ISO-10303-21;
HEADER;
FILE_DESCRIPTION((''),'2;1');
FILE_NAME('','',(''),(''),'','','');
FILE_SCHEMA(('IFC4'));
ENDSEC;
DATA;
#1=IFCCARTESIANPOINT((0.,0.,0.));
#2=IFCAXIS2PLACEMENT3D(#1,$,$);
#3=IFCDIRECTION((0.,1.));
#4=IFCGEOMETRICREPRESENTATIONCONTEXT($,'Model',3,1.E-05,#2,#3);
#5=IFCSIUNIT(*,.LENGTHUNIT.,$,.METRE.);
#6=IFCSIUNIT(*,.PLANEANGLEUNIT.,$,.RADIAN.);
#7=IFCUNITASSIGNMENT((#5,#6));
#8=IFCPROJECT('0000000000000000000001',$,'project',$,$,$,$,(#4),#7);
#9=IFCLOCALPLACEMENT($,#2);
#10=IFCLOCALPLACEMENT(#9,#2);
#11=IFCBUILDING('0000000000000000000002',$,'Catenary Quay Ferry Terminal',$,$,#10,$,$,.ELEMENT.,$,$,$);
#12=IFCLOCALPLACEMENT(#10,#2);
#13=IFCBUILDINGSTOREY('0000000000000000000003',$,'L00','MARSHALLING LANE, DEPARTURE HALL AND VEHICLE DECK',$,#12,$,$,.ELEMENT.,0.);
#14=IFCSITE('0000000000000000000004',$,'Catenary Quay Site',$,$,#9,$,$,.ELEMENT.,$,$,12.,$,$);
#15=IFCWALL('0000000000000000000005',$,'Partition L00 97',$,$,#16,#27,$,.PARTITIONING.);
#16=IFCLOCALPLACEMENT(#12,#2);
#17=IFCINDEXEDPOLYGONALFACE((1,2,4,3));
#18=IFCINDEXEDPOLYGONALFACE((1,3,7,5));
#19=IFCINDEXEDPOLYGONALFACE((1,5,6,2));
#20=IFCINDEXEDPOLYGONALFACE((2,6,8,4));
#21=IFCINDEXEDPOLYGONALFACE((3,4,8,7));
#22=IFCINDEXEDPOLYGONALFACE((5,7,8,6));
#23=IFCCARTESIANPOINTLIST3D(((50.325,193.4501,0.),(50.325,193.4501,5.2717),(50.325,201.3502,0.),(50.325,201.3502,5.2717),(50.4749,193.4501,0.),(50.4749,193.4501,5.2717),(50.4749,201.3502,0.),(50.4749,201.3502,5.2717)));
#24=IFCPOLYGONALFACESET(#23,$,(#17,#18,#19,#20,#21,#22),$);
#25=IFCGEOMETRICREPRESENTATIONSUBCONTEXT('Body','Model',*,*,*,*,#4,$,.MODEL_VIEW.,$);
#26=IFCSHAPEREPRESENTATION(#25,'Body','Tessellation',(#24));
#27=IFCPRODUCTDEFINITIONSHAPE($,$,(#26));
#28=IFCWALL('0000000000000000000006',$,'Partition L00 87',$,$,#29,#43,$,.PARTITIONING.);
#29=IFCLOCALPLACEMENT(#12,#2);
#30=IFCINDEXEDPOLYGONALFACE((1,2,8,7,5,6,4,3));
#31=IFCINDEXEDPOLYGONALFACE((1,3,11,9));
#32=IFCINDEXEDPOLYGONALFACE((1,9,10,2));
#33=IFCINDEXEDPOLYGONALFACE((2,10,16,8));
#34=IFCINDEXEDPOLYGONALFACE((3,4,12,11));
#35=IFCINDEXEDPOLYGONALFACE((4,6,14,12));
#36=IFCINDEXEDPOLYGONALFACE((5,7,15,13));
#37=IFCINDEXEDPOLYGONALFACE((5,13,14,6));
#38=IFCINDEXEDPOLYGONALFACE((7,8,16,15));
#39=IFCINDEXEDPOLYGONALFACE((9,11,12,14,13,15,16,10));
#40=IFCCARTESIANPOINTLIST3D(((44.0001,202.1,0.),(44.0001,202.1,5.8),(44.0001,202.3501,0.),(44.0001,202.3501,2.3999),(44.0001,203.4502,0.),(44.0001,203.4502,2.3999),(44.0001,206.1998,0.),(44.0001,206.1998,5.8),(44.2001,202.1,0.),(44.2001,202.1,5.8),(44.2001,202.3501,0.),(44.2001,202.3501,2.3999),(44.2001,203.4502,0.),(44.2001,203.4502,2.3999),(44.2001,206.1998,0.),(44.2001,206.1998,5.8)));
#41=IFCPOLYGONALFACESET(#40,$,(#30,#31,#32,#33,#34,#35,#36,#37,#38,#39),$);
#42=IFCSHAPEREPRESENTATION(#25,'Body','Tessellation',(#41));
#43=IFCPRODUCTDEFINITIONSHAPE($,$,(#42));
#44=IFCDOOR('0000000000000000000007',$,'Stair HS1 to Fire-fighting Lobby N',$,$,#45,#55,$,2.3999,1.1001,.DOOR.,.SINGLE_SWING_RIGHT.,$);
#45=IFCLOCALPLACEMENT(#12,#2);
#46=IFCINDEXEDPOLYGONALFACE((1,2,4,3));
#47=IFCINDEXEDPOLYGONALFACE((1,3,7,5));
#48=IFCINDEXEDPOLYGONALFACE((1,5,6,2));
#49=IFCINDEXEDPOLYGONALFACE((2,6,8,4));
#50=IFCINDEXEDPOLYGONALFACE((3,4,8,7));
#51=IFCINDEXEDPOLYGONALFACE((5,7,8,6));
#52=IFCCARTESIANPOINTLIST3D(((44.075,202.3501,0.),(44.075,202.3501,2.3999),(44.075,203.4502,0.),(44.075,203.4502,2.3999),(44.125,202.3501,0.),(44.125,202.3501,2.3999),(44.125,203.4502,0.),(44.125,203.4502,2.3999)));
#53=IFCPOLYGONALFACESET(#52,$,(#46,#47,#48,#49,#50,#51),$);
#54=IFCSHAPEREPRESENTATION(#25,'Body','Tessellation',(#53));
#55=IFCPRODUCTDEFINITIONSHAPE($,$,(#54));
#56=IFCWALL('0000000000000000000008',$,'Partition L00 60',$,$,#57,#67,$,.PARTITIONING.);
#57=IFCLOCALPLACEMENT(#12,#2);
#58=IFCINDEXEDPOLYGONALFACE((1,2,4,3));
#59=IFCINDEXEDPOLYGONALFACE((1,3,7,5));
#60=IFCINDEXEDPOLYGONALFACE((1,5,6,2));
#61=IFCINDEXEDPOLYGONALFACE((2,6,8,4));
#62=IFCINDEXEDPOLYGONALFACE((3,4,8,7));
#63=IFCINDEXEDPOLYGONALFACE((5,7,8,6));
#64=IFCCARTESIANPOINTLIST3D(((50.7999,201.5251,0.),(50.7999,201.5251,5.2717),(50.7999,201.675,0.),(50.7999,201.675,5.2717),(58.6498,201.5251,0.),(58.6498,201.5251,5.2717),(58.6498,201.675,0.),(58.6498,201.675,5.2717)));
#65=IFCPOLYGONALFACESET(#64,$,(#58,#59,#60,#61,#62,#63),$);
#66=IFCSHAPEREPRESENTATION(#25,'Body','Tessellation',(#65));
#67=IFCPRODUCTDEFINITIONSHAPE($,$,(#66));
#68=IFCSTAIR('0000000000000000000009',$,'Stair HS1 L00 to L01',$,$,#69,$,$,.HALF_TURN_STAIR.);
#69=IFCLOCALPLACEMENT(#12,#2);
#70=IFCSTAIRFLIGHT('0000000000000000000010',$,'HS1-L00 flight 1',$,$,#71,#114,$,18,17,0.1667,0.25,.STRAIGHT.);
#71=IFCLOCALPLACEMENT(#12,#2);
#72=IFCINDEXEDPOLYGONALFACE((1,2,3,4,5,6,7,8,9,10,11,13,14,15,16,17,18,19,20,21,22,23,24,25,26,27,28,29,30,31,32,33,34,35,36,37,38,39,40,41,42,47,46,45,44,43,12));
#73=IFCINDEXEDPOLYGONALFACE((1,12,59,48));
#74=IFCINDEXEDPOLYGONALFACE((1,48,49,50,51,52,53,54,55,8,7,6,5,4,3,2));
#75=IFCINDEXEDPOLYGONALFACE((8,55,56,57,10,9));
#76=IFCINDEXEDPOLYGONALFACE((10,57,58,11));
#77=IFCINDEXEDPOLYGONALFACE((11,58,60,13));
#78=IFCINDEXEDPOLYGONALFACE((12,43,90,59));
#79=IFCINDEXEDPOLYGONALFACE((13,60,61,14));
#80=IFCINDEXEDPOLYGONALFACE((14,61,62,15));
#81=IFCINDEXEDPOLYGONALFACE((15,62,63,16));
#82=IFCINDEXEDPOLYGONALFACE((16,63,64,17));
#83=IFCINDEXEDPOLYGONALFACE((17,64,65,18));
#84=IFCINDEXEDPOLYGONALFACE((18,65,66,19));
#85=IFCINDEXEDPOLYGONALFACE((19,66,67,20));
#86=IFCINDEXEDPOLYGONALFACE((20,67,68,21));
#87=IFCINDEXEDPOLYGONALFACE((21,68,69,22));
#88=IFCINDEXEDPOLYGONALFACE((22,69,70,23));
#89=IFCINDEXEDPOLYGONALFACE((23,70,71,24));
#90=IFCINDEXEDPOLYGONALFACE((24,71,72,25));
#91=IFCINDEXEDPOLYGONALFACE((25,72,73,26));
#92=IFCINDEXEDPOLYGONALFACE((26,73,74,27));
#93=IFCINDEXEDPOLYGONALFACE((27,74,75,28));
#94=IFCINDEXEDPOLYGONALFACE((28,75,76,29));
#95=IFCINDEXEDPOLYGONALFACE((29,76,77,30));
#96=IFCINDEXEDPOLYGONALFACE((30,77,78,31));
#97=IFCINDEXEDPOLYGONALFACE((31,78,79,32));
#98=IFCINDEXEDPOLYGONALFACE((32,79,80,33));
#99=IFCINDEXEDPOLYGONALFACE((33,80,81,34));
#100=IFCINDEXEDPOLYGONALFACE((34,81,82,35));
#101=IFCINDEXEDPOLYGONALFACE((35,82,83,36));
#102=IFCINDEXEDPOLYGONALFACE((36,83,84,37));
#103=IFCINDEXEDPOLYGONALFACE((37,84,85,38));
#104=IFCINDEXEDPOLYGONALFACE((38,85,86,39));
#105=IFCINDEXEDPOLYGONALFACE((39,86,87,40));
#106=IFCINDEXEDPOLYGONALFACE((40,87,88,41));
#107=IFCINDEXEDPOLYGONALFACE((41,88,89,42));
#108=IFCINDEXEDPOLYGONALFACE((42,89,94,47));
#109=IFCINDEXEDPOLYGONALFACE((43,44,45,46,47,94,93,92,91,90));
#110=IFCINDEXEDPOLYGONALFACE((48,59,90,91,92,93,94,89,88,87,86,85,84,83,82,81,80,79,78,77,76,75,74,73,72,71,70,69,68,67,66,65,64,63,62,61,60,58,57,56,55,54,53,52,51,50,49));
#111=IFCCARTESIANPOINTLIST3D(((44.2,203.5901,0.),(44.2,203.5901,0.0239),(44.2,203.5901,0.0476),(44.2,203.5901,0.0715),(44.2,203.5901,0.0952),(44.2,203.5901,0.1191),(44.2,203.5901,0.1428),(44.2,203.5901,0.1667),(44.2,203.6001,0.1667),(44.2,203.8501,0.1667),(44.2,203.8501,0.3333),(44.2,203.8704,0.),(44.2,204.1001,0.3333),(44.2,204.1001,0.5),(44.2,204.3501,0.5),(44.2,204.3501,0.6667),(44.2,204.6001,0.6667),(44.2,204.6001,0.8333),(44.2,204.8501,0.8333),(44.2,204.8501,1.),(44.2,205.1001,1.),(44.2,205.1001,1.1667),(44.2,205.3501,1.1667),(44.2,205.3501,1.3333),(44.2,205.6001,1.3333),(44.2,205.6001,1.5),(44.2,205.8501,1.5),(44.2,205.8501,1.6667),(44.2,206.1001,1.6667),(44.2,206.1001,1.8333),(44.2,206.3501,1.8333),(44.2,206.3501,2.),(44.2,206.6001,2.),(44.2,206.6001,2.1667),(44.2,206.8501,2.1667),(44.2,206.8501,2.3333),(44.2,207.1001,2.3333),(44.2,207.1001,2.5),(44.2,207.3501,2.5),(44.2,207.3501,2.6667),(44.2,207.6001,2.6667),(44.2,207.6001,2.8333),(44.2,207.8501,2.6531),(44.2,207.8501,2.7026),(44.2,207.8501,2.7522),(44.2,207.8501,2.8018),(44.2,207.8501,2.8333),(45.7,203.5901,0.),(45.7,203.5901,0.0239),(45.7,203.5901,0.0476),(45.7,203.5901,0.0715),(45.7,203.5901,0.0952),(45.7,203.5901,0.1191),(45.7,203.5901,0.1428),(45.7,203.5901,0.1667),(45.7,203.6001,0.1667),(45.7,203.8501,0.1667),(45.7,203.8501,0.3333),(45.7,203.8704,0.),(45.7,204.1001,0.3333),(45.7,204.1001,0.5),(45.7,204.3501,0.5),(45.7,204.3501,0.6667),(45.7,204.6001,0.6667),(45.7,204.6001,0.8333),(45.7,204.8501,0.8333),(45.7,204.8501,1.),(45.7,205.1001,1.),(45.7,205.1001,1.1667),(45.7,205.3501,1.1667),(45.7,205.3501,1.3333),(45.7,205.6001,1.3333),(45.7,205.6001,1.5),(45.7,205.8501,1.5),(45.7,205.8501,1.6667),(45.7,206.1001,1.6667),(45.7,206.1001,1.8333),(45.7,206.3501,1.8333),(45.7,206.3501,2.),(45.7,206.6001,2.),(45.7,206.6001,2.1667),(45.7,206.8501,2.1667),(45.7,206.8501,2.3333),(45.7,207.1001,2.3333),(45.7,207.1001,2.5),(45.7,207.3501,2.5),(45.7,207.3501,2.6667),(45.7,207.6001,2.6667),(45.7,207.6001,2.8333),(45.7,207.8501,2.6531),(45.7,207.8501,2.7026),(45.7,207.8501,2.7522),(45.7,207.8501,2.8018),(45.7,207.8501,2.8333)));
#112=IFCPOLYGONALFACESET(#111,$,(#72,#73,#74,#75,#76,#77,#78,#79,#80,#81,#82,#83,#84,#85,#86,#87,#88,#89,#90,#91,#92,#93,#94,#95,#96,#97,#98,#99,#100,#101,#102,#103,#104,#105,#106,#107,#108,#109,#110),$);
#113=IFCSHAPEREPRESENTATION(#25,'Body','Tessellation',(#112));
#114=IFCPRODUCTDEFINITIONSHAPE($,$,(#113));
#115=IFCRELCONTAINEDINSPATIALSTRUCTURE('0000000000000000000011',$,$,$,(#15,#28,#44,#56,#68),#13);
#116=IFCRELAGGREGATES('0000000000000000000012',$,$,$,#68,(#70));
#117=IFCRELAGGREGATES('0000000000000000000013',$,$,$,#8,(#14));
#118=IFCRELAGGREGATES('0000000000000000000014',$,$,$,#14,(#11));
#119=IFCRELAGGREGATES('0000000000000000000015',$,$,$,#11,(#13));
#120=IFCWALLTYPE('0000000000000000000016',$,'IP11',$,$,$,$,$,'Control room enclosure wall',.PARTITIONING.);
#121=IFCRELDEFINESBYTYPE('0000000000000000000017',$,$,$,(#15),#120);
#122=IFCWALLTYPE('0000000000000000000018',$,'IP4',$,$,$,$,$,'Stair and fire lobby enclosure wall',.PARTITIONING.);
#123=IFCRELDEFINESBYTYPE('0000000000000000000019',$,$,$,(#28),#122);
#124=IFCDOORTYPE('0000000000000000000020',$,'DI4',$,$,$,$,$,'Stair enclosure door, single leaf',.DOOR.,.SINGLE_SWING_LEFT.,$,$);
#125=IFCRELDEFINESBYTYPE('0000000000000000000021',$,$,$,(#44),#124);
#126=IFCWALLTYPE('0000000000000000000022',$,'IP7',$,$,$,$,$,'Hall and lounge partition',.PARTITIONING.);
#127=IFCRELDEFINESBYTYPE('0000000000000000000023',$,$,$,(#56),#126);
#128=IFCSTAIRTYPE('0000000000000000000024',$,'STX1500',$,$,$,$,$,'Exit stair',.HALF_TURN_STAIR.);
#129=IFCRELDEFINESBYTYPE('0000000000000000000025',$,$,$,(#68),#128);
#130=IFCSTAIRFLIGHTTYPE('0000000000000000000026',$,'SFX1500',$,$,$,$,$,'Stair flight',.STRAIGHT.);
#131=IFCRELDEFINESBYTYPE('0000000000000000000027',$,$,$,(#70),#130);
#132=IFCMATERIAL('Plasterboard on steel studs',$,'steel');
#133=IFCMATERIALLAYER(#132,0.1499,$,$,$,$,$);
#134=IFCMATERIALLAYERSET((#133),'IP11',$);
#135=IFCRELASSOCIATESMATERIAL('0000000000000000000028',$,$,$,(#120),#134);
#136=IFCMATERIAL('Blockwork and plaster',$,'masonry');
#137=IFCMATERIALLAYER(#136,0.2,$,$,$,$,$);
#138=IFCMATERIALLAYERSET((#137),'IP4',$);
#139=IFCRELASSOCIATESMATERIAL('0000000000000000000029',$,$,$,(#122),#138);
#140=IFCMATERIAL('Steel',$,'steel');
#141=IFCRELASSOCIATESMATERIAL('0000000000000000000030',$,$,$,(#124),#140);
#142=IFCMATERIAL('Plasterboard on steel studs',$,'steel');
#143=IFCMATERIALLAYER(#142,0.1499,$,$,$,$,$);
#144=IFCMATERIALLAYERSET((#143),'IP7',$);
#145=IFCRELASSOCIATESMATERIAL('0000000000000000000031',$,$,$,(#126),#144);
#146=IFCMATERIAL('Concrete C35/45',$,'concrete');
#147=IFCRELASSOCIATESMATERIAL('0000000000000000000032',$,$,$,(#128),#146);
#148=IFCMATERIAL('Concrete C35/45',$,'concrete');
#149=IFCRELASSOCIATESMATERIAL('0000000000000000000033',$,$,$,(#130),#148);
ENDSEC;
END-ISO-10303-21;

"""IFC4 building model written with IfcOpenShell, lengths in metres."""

from ifc_helpers import new_model, si_unit, direction, frame, frame_2d, origin, place, context, subcontext, project, spatial, polyline, rectangle, outline, extrude, material, layer, layer_set, type_object, element, fill, aggregate, save


model = new_model("IFC4")

# Units and contexts
model_context = context("Model", 3, precision=1e-05, world=origin(), true_north=direction((0.0, 1.0)))
body_context = subcontext(model_context, "Body", "Model", "MODEL_VIEW")
ifc_project = project(units=[si_unit("LENGTHUNIT", "METRE"), si_unit("PLANEANGLEUNIT", "RADIAN")], contexts=[model_context])

# Site, building, storey
site_placement = place(None, origin())
site = spatial("IfcSite", under=ifc_project, at=site_placement, Name="Catenary Quay Site", CompositionType="ELEMENT", RefElevation=12.0)
building_placement = place(site_placement, origin())
building = spatial("IfcBuilding", under=site, at=building_placement, Name="Catenary Quay Ferry Terminal", CompositionType="ELEMENT")
storey_placement = place(building_placement, origin())
storey = spatial("IfcBuildingStorey", under=building, at=storey_placement, Name="L00", Description="MARSHALLING LANE, DEPARTURE HALL AND VEHICLE DECK", CompositionType="ELEMENT", Elevation=0.0)

# Shared definitions
ifc_material_1 = material(Name="Plasterboard on steel studs", Category="steel")
ifc_layer_1 = layer(ifc_material_1, 0.1499)
ifc_layer_set_1 = layer_set([ifc_layer_1], Name="IP11")
wall_type_1 = type_object("IfcWallType", Name="IP11", ElementType="Control room enclosure wall", PredefinedType="PARTITIONING", material=ifc_layer_set_1)

# Wall
wall_1_placement = place(storey_placement, frame((50.3999, 193.45, 0.0), z_axis=(0.0, 0.0, 1.0), x_axis=(0.0, 1.0, 0.0)))
element("IfcWall", 1, at=wall_1_placement, inside=storey, type_object=wall_type_1, Name="Partition L00 97", PredefinedType="PARTITIONING", context=body_context, shape_type="SweptSolid", body=[
    extrude(rectangle(XDim=7.9001, YDim=0.1499, at=frame_2d((3.9502, 0.0))), origin(), (0.0, 0.0, 1.0), 5.2717),
])

# Wall, opening, door
ifc_material_2 = material(Name="Blockwork and plaster", Category="masonry")
ifc_layer_2 = layer(ifc_material_2, 0.2)
ifc_layer_set_2 = layer_set([ifc_layer_2], Name="IP4")
wall_type_2 = type_object("IfcWallType", Name="IP4", ElementType="Stair and fire lobby enclosure wall", PredefinedType="PARTITIONING", material=ifc_layer_set_2)
wall_2_placement = place(storey_placement, frame((44.1001, 202.1001, 0.0), z_axis=(0.0, 0.0, 1.0), x_axis=(0.0, 1.0, 0.0)))
wall_2 = element("IfcWall", 2, at=wall_2_placement, inside=storey, type_object=wall_type_2, Name="Partition L00 87", PredefinedType="PARTITIONING", context=body_context, shape_type="SweptSolid", body=[
    extrude(rectangle(XDim=4.0999, YDim=0.2, at=frame_2d((2.0498, 0.0))), origin(), (0.0, 0.0, 1.0), 5.8),
])
opening_1_placement = place(wall_2_placement, frame((0.25, 0.0, 0.0)))
opening_1 = element("IfcOpeningElement", 3, at=opening_1_placement, cuts=wall_2, PredefinedType="OPENING", context=body_context, shape_type="SweptSolid", body=[
    extrude(rectangle(XDim=1.1001, YDim=2.3999, at=frame_2d((0.55, 1.2))), frame((0.0, 0.1099, 0.0), z_axis=(0.0, -1.0, 0.0), x_axis=(1.0, 0.0, 0.0)), (0.0, 0.0, 1.0), 0.22),
])
ifc_material_3 = material(Name="Steel", Category="steel")
door_type_1 = type_object("IfcDoorType", Name="DI4", ElementType="Stair enclosure door, single leaf", OperationType="SINGLE_SWING_LEFT", PredefinedType="DOOR", material=ifc_material_3)
door_1_placement = place(opening_1_placement, frame((1.1001, 0.0, 0.0), z_axis=(0.0, 0.0, 1.0), x_axis=(-1.0, 0.0, 0.0)))
door_1 = element("IfcDoor", 4, at=door_1_placement, inside=storey, type_object=door_type_1, Name="Stair HS1 to Fire-fighting Lobby N", OperationType="SINGLE_SWING_RIGHT", OverallHeight=2.3999, OverallWidth=1.1001, PredefinedType="DOOR", context=body_context, shape_type="SweptSolid", body=[
    extrude(rectangle(XDim=1.1001, YDim=2.3999, at=frame_2d((0.55, 1.2))), frame((0.0, 0.0249, 0.0), z_axis=(0.0, -1.0, 0.0), x_axis=(1.0, 0.0, 0.0)), (0.0, 0.0, 1.0), 0.05),
])
fill(opening_1, door_1)

# Wall
ifc_material_4 = material(Name="Plasterboard on steel studs", Category="steel")
ifc_layer_3 = layer(ifc_material_4, 0.1499)
ifc_layer_set_3 = layer_set([ifc_layer_3], Name="IP7")
wall_type_3 = type_object("IfcWallType", Name="IP7", ElementType="Hall and lounge partition", PredefinedType="PARTITIONING", material=ifc_layer_set_3)
wall_3_placement = place(storey_placement, frame((50.8, 201.6001, 0.0), z_axis=(0.0, 0.0, 1.0), x_axis=(1.0, 0.0, 0.0)))
element("IfcWall", 5, at=wall_3_placement, inside=storey, type_object=wall_type_3, Name="Partition L00 60", PredefinedType="PARTITIONING", context=body_context, shape_type="SweptSolid", body=[
    extrude(rectangle(XDim=7.8499, YDim=0.1499, at=frame_2d((3.9248, 0.0))), origin(), (0.0, 0.0, 1.0), 5.2717),
])

# Stair, stair flight
ifc_material_5 = material(Name="Concrete C35/45", Category="concrete")
stair_type = type_object("IfcStairType", Name="STX1500", ElementType="Exit stair", PredefinedType="HALF_TURN_STAIR", material=ifc_material_5)
stair_placement = place(storey_placement, origin())
stair = element("IfcStair", 6, at=stair_placement, inside=storey, type_object=stair_type, Name="Stair HS1 L00 to L01", PredefinedType="HALF_TURN_STAIR")
ifc_material_6 = material(Name="Concrete C35/45", Category="concrete")
stair_flight_type = type_object("IfcStairFlightType", Name="SFX1500", ElementType="Stair flight", PredefinedType="STRAIGHT", material=ifc_material_6)
stair_flight_placement = place(storey_placement, frame((44.95, 203.6001, 0.0), z_axis=(0.0, 0.0, 1.0), x_axis=(0.0, 1.0, 0.0)))
stair_flight = element("IfcStairFlight", 7, at=stair_flight_placement, type_object=stair_flight_type, Name="HS1-L00 flight 1", NumberOfRisers=18, NumberOfTreads=17, PredefinedType="STRAIGHT", RiserHeight=0.1667, TreadLength=0.25, context=body_context, shape_type="SweptSolid", body=[
    extrude(outline(polyline([(-0.01, 0.0), (-0.01, 0.0239), (-0.01, 0.0476), (-0.01, 0.0715), (-0.01, 0.0952), (-0.01, 0.1191), (-0.01, 0.1428), (-0.01, 0.1667), (0.0, 0.1667), (0.25, 0.1667), (0.25, 0.3333), (0.5, 0.3333), (0.5, 0.5), (0.75, 0.5), (0.75, 0.6667), (1.0, 0.6667), (1.0, 0.8333), (1.25, 0.8333), (1.25, 1.0), (1.5, 1.0), (1.5, 1.1667), (1.75, 1.1667), (1.75, 1.3333), (2.0, 1.3333), (2.0, 1.5), (2.25, 1.5), (2.25, 1.6667), (2.5, 1.6667), (2.5, 1.8333), (2.75, 1.8333), (2.75, 2.0), (3.0, 2.0), (3.0, 2.1667), (3.25, 2.1667), (3.25, 2.3333), (3.5, 2.3333), (3.5, 2.5), (3.75, 2.5), (3.75, 2.6667), (4.0, 2.6667), (4.0, 2.8333), (4.25, 2.8333), (4.25, 3.0), (4.25, 2.9504), (4.25, 2.9009), (4.25, 2.8513), (4.25, 2.8018), (4.25, 2.7522), (4.25, 2.7026), (4.25, 2.6531), (0.2703, 0.0), (-0.01, 0.0)])), frame((0.0, 0.75, 0.0), z_axis=(0.0, -1.0, 0.0), x_axis=(1.0, 0.0, 0.0)), (0.0, 0.0, 1.0), 1.5),
])
aggregate(stair, [stair_flight])

save(model, "model.ifc")
